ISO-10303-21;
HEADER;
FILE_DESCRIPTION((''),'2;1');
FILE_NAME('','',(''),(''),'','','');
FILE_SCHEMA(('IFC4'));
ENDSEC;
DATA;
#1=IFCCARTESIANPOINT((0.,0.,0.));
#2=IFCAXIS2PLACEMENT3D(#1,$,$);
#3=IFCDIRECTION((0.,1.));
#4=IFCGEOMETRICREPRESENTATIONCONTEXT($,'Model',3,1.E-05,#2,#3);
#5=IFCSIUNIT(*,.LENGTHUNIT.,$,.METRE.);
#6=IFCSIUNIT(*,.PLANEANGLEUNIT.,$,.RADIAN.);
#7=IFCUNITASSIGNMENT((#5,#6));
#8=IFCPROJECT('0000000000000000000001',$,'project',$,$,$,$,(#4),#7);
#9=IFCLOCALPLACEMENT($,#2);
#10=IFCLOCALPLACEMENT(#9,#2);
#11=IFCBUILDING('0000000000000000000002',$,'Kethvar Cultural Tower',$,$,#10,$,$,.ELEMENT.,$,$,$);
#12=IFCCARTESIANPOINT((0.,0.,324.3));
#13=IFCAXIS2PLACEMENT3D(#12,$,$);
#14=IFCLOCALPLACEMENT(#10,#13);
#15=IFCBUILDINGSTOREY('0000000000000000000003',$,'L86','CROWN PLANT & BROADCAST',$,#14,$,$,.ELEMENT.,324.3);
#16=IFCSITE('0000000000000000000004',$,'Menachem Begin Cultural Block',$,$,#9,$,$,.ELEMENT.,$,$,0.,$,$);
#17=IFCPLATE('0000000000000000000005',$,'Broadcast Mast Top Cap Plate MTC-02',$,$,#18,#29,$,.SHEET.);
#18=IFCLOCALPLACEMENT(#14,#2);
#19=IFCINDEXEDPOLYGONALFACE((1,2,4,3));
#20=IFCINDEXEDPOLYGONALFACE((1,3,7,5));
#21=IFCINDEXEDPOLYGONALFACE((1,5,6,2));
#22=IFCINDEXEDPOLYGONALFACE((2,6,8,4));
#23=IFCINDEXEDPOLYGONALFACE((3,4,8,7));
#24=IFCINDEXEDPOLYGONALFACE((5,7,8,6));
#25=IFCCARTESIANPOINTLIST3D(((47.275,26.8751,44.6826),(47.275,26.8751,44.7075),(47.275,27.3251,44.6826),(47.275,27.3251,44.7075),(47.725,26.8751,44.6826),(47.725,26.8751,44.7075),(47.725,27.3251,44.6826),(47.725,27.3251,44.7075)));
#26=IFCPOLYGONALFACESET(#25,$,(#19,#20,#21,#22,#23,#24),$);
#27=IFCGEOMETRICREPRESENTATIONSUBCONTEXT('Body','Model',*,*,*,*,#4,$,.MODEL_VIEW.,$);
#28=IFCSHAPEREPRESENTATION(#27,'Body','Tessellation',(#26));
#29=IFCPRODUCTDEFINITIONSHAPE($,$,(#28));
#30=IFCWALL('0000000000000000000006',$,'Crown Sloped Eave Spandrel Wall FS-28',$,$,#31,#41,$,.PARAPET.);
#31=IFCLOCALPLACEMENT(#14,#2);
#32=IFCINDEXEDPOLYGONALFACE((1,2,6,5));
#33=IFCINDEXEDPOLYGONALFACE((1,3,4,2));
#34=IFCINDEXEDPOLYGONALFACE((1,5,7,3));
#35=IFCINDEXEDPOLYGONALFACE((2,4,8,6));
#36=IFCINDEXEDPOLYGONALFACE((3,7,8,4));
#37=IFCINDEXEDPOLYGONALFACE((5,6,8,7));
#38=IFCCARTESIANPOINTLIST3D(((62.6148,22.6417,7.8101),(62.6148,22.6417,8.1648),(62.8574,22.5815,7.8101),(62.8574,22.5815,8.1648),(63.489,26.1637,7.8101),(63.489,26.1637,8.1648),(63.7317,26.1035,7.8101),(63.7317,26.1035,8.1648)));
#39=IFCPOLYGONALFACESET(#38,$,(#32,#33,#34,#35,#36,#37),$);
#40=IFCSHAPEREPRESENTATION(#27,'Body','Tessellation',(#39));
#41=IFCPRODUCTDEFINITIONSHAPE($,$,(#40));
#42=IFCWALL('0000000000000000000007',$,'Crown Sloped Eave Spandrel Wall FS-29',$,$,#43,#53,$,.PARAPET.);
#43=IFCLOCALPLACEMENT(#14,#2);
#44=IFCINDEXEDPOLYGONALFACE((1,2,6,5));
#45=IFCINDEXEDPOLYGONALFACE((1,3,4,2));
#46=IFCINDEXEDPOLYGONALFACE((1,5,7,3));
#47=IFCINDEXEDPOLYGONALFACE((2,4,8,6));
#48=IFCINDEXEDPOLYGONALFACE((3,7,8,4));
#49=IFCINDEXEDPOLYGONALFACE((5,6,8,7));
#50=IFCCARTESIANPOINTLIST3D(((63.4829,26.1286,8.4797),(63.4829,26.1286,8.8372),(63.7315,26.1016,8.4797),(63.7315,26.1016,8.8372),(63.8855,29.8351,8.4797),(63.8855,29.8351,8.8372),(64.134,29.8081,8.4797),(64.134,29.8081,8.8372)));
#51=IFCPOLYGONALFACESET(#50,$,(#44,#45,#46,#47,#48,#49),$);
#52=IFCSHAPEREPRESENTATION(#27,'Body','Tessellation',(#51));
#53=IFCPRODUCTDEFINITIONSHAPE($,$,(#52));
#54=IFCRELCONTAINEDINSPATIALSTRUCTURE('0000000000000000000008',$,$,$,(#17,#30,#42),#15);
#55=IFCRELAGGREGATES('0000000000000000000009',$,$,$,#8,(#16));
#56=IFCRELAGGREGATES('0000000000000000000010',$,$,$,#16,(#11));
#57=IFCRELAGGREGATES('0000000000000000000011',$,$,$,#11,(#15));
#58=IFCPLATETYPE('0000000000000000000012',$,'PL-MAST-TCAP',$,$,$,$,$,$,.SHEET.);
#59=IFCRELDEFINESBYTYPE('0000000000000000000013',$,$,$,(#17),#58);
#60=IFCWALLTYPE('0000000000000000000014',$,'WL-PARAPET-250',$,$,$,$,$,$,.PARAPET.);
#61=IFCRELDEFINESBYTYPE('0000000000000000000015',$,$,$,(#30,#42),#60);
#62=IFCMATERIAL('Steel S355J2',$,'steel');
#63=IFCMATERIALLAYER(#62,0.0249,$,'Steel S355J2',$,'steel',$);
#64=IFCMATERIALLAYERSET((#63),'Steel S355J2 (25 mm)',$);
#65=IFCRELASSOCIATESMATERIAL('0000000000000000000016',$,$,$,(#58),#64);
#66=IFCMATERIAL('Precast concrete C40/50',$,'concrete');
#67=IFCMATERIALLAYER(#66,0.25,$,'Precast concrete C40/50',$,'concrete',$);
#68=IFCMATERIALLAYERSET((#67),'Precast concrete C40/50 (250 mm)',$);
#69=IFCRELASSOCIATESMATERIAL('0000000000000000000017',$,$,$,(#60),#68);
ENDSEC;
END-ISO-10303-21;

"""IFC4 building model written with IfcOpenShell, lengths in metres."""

from ifc_helpers import new_model, si_unit, direction, frame, frame_2d, origin, origin_2d, place, context, subcontext, project, spatial, rectangle, extrude, source, transform, mapped, material, layer, layer_set, type_object, element, save


model = new_model("IFC4")

# Units and contexts
model_context = context("Model", 3, precision=1e-05, world=origin(), true_north=direction((0.0, 1.0)))
body_context = subcontext(model_context, "Body", "Model", "MODEL_VIEW")
ifc_project = project(units=[si_unit("LENGTHUNIT", "METRE"), si_unit("PLANEANGLEUNIT", "RADIAN")], contexts=[model_context])

# Site, building, storey
site_placement = place(None, origin())
site = spatial("IfcSite", under=ifc_project, at=site_placement, Name="Menachem Begin Cultural Block", CompositionType="ELEMENT", RefElevation=0.0)
building_placement = place(site_placement, origin())
building = spatial("IfcBuilding", under=site, at=building_placement, Name="Kethvar Cultural Tower", CompositionType="ELEMENT")
storey_placement = place(building_placement, frame((0.0, 0.0, 324.3)))
storey = spatial("IfcBuildingStorey", under=building, at=storey_placement, Name="L86", Description="CROWN PLANT & BROADCAST", CompositionType="ELEMENT", Elevation=324.3)

# Shared definitions
ifc_material_1 = material(Name="Steel S355J2", Category="steel")

# Plate
ifc_layer_1 = layer(ifc_material_1, 0.0249, Name="Steel S355J2", Category="steel")
ifc_layer_set_1 = layer_set([ifc_layer_1], Name="Steel S355J2 (25 mm)")
plate_type_1 = type_object("IfcPlateType", Name="PL-MAST-TCAP", PredefinedType="SHEET", material=ifc_layer_set_1)
shared_shape_1 = source(origin(), body_context, "Body", "SweptSolid", [
    extrude(rectangle(XDim=0.45, YDim=0.45, at=origin_2d()), origin(), (0.0, 0.0, 1.0), 0.0249),
])
plate_1_placement = place(storey_placement, frame((47.5, 27.1001, 44.6826), z_axis=(0.0, 0.0, 1.0), x_axis=(1.0, 0.0, 0.0)))
element("IfcPlate", 1, at=plate_1_placement, inside=storey, type_object=plate_type_1, Name="Broadcast Mast Top Cap Plate MTC-02", PredefinedType="SHEET", context=body_context, shape_type="MappedRepresentation", body=[
    mapped(shared_shape_1, transform((0.0, 0.0, 0.0), scale=1.0)),
])

# Walls
ifc_material_2 = material(Name="Precast concrete C40/50", Category="concrete")
ifc_layer_2 = layer(ifc_material_2, 0.25, Name="Precast concrete C40/50", Category="concrete")
ifc_layer_set_2 = layer_set([ifc_layer_2], Name="Precast concrete C40/50 (250 mm)")
wall_type = type_object("IfcWallType", Name="WL-PARAPET-250", PredefinedType="PARAPET", material=ifc_layer_set_2)
wall_1_placement = place(storey_placement, frame((62.7361, 22.6116, 7.8101), z_axis=(0.0, 0.0, 1.0), x_axis=(0.240921, 0.970545, 0.0)))
element("IfcWall", 2, at=wall_1_placement, inside=storey, type_object=wall_type, Name="Crown Sloped Eave Spandrel Wall FS-28", PredefinedType="PARAPET", context=body_context, shape_type="SweptSolid", body=[
    extrude(rectangle(XDim=3.6289, YDim=0.25, at=frame_2d((1.8145, 0.0))), origin(), (0.0, 0.0, 1.0), 0.3547),
])
wall_2_placement = place(storey_placement, frame((63.6072, 26.115, 8.4797), z_axis=(0.0, 0.0, 1.0), x_axis=(0.10798, 0.994153, 0.0)))
element("IfcWall", 3, at=wall_2_placement, inside=storey, type_object=wall_type, Name="Crown Sloped Eave Spandrel Wall FS-29", PredefinedType="PARAPET", context=body_context, shape_type="SweptSolid", body=[
    extrude(rectangle(XDim=3.7283, YDim=0.25, at=frame_2d((1.8643, 0.0))), origin(), (0.0, 0.0, 1.0), 0.3574),
])

save(model, "model.ifc")
